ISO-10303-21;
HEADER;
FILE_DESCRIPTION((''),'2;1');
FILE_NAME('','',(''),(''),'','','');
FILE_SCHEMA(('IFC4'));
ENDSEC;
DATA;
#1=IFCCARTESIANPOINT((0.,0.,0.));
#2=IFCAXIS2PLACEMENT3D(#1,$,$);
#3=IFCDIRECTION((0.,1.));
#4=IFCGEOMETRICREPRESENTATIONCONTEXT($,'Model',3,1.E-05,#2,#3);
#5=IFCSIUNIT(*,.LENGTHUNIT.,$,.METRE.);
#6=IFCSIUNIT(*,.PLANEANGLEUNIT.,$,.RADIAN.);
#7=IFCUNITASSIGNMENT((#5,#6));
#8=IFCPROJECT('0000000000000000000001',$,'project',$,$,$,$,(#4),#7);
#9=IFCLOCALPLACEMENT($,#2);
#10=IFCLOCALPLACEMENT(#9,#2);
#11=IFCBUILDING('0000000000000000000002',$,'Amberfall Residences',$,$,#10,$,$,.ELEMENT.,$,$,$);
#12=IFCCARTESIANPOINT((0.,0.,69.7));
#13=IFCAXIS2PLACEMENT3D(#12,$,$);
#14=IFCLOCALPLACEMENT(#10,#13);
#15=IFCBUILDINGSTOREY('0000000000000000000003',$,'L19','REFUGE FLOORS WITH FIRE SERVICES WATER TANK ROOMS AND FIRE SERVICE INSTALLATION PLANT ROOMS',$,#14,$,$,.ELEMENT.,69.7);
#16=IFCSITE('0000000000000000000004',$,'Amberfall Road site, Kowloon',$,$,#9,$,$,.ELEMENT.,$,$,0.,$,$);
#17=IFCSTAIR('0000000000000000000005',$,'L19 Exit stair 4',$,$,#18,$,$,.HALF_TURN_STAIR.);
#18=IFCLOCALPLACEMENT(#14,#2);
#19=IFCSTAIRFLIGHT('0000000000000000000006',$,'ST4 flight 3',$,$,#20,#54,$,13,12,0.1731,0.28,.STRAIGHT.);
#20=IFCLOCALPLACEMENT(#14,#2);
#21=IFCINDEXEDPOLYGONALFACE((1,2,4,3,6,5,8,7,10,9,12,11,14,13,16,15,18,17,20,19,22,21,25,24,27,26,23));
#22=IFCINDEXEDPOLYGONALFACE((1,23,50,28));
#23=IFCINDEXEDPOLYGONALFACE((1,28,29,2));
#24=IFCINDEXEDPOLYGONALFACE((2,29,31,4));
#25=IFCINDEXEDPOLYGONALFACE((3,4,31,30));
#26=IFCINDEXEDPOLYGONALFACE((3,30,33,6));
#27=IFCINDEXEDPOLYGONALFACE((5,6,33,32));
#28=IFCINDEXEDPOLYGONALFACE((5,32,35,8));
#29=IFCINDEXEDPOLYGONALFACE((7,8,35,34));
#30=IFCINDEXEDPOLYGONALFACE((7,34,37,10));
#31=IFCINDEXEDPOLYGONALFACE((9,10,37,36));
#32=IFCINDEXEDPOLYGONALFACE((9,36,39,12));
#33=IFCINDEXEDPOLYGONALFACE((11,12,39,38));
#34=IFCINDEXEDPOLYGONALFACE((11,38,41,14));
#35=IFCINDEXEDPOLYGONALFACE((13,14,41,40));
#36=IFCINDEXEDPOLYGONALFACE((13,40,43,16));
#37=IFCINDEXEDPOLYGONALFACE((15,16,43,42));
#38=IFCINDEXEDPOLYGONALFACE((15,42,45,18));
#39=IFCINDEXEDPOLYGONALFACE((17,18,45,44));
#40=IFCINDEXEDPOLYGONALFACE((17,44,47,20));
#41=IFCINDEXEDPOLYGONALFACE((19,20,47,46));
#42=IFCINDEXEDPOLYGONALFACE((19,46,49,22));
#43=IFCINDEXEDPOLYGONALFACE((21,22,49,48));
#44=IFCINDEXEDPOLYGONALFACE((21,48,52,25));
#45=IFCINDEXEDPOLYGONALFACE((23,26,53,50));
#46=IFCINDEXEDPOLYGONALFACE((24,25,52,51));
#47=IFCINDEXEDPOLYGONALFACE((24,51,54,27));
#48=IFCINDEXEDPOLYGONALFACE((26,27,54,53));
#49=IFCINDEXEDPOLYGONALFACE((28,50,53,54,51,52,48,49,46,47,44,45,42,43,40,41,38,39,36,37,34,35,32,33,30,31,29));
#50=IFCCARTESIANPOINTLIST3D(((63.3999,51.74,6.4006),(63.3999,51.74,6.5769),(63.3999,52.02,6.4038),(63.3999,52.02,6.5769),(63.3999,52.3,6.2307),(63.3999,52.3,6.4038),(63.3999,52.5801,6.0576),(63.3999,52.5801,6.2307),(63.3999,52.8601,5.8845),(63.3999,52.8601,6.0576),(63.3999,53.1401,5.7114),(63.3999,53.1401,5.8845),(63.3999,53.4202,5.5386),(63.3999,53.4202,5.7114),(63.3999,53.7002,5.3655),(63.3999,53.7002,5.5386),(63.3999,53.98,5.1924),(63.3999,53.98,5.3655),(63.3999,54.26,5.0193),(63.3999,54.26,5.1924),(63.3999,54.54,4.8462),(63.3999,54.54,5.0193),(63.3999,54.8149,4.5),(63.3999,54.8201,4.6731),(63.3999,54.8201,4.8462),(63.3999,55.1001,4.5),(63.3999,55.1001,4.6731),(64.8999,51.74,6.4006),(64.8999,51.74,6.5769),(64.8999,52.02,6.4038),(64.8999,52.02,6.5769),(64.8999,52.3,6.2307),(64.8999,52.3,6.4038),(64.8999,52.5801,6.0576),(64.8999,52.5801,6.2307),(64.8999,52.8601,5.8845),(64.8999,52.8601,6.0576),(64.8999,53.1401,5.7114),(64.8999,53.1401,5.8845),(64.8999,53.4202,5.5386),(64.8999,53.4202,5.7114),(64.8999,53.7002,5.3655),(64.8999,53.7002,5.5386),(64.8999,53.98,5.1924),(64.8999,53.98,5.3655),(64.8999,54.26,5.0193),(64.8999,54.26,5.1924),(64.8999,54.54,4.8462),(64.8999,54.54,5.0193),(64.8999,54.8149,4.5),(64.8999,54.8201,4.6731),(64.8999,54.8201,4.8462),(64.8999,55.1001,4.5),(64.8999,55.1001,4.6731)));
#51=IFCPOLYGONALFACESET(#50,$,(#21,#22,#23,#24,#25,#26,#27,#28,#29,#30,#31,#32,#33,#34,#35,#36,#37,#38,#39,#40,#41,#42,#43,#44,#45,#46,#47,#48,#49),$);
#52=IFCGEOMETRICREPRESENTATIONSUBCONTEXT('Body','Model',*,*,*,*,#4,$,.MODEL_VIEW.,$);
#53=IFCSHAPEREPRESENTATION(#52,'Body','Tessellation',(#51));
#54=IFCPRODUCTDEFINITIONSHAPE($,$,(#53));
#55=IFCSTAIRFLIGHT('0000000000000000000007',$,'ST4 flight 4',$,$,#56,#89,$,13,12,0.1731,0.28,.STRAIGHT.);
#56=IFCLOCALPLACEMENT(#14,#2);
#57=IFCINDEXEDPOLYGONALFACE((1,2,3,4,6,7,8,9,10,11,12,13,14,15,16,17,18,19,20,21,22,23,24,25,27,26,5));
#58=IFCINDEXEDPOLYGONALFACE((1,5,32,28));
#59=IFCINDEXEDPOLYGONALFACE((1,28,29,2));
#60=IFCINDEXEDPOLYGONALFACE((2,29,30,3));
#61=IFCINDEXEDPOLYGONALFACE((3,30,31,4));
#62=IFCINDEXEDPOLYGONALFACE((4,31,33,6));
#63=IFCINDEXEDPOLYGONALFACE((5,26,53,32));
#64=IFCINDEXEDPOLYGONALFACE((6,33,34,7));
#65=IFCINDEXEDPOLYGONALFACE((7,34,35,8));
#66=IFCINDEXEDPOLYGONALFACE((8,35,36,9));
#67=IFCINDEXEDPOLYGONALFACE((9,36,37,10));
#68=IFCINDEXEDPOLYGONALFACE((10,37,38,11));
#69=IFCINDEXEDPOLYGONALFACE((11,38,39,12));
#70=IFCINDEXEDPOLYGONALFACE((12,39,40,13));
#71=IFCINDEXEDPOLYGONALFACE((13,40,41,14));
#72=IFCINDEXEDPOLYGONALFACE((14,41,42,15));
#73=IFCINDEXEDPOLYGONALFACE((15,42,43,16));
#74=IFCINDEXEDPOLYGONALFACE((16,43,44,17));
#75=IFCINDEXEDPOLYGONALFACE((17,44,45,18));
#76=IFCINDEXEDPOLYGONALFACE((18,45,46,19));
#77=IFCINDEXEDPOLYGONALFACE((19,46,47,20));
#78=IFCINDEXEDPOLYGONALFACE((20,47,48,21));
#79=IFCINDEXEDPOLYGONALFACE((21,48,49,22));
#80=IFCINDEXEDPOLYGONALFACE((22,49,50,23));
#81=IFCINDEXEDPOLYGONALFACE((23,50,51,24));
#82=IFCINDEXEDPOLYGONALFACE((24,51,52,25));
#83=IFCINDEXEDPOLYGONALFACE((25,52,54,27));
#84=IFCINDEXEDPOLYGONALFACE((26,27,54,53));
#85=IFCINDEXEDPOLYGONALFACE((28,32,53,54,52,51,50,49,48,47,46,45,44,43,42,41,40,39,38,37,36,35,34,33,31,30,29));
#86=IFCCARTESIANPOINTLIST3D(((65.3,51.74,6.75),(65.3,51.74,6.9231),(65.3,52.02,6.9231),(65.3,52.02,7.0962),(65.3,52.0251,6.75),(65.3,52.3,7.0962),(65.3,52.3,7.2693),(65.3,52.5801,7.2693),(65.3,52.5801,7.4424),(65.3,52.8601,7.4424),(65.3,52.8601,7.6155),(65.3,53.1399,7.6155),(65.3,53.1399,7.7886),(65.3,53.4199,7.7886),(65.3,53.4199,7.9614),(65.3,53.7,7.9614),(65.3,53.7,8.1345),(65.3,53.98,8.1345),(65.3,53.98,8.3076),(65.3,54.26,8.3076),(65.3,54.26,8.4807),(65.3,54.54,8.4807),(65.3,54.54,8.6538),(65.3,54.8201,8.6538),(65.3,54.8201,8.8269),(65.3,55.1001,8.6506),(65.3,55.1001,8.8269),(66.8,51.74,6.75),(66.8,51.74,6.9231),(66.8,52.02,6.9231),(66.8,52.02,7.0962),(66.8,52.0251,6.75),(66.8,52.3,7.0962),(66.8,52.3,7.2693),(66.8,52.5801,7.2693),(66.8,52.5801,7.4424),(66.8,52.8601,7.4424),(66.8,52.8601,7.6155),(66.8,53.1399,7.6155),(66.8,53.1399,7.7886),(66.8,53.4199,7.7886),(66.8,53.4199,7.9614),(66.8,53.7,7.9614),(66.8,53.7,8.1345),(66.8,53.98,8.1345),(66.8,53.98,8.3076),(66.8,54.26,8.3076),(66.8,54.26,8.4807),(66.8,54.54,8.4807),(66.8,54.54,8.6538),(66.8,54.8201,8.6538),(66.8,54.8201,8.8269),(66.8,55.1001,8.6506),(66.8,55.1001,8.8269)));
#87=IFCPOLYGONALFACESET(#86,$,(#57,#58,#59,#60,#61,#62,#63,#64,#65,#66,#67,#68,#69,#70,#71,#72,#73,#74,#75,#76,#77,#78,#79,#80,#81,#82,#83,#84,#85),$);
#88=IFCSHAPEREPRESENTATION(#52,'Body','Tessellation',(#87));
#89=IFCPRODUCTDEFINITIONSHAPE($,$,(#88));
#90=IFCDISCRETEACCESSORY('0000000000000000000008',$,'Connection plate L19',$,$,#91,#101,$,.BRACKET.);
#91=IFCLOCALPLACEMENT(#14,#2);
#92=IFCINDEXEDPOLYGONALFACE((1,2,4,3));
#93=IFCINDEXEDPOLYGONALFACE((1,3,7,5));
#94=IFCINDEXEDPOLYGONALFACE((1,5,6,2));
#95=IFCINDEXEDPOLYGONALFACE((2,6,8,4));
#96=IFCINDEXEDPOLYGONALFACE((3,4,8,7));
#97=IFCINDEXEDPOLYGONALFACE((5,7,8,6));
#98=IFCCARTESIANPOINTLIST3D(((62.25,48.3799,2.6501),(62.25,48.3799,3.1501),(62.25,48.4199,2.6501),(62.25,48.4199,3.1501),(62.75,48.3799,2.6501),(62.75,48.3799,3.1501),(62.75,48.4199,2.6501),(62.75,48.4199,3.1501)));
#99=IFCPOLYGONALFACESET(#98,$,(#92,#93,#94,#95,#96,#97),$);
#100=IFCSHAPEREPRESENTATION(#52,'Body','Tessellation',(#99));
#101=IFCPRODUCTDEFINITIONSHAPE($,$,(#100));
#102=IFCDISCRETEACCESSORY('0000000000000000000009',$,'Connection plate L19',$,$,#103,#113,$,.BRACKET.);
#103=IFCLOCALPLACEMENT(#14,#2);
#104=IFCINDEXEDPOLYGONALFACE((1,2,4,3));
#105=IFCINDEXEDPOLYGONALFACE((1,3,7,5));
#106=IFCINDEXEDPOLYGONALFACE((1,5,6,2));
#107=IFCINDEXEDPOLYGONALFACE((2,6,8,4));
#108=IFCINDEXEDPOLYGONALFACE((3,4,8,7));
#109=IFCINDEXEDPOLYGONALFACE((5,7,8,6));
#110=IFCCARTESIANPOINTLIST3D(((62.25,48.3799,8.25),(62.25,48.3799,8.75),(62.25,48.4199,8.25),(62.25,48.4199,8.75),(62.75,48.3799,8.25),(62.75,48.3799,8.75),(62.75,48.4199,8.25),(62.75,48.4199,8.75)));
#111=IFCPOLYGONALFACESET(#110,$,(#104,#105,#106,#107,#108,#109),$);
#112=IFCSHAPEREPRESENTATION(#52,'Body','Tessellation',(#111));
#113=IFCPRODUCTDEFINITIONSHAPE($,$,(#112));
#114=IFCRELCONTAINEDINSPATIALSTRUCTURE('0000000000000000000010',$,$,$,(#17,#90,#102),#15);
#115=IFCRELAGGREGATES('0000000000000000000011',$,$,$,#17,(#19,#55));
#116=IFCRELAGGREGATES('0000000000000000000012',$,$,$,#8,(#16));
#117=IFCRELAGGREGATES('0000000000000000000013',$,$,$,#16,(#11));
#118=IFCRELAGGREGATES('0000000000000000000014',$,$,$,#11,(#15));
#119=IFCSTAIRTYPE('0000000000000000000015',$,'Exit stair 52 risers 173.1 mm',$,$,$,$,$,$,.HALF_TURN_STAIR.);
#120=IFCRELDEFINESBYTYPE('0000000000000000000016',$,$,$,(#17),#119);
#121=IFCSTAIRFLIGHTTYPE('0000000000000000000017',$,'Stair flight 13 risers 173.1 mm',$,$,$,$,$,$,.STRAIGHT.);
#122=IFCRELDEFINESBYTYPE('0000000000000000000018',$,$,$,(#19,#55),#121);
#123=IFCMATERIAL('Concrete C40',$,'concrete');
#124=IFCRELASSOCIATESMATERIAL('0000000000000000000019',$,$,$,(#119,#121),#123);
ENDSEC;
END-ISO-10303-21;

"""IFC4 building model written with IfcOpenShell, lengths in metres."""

from ifc_helpers import new_model, si_unit, direction, frame, origin, origin_2d, place, context, subcontext, project, spatial, polyline, rectangle, outline, extrude, material, type_object, element, aggregate, save


model = new_model("IFC4")

# Units and contexts
model_context = context("Model", 3, precision=1e-05, world=origin(), true_north=direction((0.0, 1.0)))
body_context = subcontext(model_context, "Body", "Model", "MODEL_VIEW")
ifc_project = project(units=[si_unit("LENGTHUNIT", "METRE"), si_unit("PLANEANGLEUNIT", "RADIAN")], contexts=[model_context])

# Site, building, storey
site_placement = place(None, origin())
site = spatial("IfcSite", under=ifc_project, at=site_placement, Name="Amberfall Road site, Kowloon", CompositionType="ELEMENT", RefElevation=0.0)
building_placement = place(site_placement, origin())
building = spatial("IfcBuilding", under=site, at=building_placement, Name="Amberfall Residences", CompositionType="ELEMENT")
storey_placement = place(building_placement, frame((0.0, 0.0, 69.7)))
storey = spatial("IfcBuildingStorey", under=building, at=storey_placement, Name="L19", Description="REFUGE FLOORS WITH FIRE SERVICES WATER TANK ROOMS AND FIRE SERVICE INSTALLATION PLANT ROOMS", CompositionType="ELEMENT", Elevation=69.7)

# Shared definitions
ifc_material_1 = material(Name="Concrete C40", Category="concrete")

# Stair, stair flights
stair_type = type_object("IfcStairType", Name="Exit stair 52 risers 173.1 mm", PredefinedType="HALF_TURN_STAIR", material=ifc_material_1)
stair_placement = place(storey_placement, origin())
stair = element("IfcStair", 1, at=stair_placement, inside=storey, type_object=stair_type, Name="L19 Exit stair 4", PredefinedType="HALF_TURN_STAIR")
stair_flight_type = type_object("IfcStairFlightType", Name="Stair flight 13 risers 173.1 mm", PredefinedType="STRAIGHT", material=ifc_material_1)
stair_flight_1_placement = place(storey_placement, frame((64.1499, 55.1001, 4.5), z_axis=(0.0, 0.0, 1.0), x_axis=(0.0, -1.0, 0.0)))
stair_flight_1 = element("IfcStairFlight", 2, at=stair_flight_1_placement, type_object=stair_flight_type, Name="ST4 flight 3", NumberOfRisers=13, NumberOfTreads=12, PredefinedType="STRAIGHT", RiserHeight=0.1731, TreadLength=0.28, context=body_context, shape_type="SweptSolid", body=[
    extrude(outline(polyline([(0.0, 0.0), (0.0, 0.1731), (0.28, 0.1731), (0.28, 0.3462), (0.5601, 0.3462), (0.5601, 0.5193), (0.8401, 0.5193), (0.8401, 0.6924), (1.1201, 0.6924), (1.1201, 0.8655), (1.3999, 0.8655), (1.3999, 1.0386), (1.6799, 1.0386), (1.6799, 1.2114), (1.96, 1.2114), (1.96, 1.3845), (2.24, 1.3845), (2.24, 1.5576), (2.52, 1.5576), (2.52, 1.7307), (2.8, 1.7307), (2.8, 1.9038), (3.0801, 1.9038), (3.0801, 2.0769), (3.3601, 2.0769), (3.3601, 2.25), (3.3601, 1.9006), (0.2852, 0.0), (0.0, 0.0)])), frame((0.0, 0.75, 0.0), z_axis=(0.0, -1.0, 0.0), x_axis=(1.0, 0.0, 0.0)), (0.0, 0.0, 1.0), 1.5),
])
stair_flight_2_placement = place(storey_placement, frame((66.05, 51.74, 6.75), z_axis=(0.0, 0.0, 1.0), x_axis=(0.0, 1.0, 0.0)))
stair_flight_2 = element("IfcStairFlight", 3, at=stair_flight_2_placement, type_object=stair_flight_type, Name="ST4 flight 4", NumberOfRisers=13, NumberOfTreads=12, PredefinedType="STRAIGHT", RiserHeight=0.1731, TreadLength=0.28, context=body_context, shape_type="SweptSolid", body=[
    extrude(outline(polyline([(0.0, 0.0), (0.0, 0.1731), (0.28, 0.1731), (0.28, 0.3462), (0.5601, 0.3462), (0.5601, 0.5193), (0.8401, 0.5193), (0.8401, 0.6924), (1.1201, 0.6924), (1.1201, 0.8655), (1.3999, 0.8655), (1.3999, 1.0386), (1.6799, 1.0386), (1.6799, 1.2114), (1.96, 1.2114), (1.96, 1.3845), (2.24, 1.3845), (2.24, 1.5576), (2.52, 1.5576), (2.52, 1.7307), (2.8, 1.7307), (2.8, 1.9038), (3.0801, 1.9038), (3.0801, 2.0769), (3.3601, 2.0769), (3.3601, 2.25), (3.3601, 1.9006), (0.2852, 0.0), (0.0, 0.0)])), frame((0.0, 0.75, 0.0), z_axis=(0.0, -1.0, 0.0), x_axis=(1.0, 0.0, 0.0)), (0.0, 0.0, 1.0), 1.5),
])
aggregate(stair, [stair_flight_1, stair_flight_2])

# Discrete accessories
for number, where, z_axis, x_axis, name in (
    (4, (62.5, 48.3999, 2.6501), (0.0, 0.0, 1.0), (1.0, 0.0, 0.0), "Connection plate L19"),
    (5, (62.5, 48.3999, 8.25), (0.0, 0.0, 1.0), (1.0, 0.0, 0.0), "Connection plate L19"),
):
    element("IfcDiscreteAccessory", number, at=place(storey_placement, frame(where, z_axis=z_axis, x_axis=x_axis)), inside=storey, Name=name, PredefinedType="BRACKET", context=body_context, shape_type="SweptSolid", body=[
        extrude(rectangle(XDim=0.5, YDim=0.04, at=origin_2d()), origin(), (0.0, 0.0, 1.0), 0.5),
    ])

save(model, "model.ifc")
